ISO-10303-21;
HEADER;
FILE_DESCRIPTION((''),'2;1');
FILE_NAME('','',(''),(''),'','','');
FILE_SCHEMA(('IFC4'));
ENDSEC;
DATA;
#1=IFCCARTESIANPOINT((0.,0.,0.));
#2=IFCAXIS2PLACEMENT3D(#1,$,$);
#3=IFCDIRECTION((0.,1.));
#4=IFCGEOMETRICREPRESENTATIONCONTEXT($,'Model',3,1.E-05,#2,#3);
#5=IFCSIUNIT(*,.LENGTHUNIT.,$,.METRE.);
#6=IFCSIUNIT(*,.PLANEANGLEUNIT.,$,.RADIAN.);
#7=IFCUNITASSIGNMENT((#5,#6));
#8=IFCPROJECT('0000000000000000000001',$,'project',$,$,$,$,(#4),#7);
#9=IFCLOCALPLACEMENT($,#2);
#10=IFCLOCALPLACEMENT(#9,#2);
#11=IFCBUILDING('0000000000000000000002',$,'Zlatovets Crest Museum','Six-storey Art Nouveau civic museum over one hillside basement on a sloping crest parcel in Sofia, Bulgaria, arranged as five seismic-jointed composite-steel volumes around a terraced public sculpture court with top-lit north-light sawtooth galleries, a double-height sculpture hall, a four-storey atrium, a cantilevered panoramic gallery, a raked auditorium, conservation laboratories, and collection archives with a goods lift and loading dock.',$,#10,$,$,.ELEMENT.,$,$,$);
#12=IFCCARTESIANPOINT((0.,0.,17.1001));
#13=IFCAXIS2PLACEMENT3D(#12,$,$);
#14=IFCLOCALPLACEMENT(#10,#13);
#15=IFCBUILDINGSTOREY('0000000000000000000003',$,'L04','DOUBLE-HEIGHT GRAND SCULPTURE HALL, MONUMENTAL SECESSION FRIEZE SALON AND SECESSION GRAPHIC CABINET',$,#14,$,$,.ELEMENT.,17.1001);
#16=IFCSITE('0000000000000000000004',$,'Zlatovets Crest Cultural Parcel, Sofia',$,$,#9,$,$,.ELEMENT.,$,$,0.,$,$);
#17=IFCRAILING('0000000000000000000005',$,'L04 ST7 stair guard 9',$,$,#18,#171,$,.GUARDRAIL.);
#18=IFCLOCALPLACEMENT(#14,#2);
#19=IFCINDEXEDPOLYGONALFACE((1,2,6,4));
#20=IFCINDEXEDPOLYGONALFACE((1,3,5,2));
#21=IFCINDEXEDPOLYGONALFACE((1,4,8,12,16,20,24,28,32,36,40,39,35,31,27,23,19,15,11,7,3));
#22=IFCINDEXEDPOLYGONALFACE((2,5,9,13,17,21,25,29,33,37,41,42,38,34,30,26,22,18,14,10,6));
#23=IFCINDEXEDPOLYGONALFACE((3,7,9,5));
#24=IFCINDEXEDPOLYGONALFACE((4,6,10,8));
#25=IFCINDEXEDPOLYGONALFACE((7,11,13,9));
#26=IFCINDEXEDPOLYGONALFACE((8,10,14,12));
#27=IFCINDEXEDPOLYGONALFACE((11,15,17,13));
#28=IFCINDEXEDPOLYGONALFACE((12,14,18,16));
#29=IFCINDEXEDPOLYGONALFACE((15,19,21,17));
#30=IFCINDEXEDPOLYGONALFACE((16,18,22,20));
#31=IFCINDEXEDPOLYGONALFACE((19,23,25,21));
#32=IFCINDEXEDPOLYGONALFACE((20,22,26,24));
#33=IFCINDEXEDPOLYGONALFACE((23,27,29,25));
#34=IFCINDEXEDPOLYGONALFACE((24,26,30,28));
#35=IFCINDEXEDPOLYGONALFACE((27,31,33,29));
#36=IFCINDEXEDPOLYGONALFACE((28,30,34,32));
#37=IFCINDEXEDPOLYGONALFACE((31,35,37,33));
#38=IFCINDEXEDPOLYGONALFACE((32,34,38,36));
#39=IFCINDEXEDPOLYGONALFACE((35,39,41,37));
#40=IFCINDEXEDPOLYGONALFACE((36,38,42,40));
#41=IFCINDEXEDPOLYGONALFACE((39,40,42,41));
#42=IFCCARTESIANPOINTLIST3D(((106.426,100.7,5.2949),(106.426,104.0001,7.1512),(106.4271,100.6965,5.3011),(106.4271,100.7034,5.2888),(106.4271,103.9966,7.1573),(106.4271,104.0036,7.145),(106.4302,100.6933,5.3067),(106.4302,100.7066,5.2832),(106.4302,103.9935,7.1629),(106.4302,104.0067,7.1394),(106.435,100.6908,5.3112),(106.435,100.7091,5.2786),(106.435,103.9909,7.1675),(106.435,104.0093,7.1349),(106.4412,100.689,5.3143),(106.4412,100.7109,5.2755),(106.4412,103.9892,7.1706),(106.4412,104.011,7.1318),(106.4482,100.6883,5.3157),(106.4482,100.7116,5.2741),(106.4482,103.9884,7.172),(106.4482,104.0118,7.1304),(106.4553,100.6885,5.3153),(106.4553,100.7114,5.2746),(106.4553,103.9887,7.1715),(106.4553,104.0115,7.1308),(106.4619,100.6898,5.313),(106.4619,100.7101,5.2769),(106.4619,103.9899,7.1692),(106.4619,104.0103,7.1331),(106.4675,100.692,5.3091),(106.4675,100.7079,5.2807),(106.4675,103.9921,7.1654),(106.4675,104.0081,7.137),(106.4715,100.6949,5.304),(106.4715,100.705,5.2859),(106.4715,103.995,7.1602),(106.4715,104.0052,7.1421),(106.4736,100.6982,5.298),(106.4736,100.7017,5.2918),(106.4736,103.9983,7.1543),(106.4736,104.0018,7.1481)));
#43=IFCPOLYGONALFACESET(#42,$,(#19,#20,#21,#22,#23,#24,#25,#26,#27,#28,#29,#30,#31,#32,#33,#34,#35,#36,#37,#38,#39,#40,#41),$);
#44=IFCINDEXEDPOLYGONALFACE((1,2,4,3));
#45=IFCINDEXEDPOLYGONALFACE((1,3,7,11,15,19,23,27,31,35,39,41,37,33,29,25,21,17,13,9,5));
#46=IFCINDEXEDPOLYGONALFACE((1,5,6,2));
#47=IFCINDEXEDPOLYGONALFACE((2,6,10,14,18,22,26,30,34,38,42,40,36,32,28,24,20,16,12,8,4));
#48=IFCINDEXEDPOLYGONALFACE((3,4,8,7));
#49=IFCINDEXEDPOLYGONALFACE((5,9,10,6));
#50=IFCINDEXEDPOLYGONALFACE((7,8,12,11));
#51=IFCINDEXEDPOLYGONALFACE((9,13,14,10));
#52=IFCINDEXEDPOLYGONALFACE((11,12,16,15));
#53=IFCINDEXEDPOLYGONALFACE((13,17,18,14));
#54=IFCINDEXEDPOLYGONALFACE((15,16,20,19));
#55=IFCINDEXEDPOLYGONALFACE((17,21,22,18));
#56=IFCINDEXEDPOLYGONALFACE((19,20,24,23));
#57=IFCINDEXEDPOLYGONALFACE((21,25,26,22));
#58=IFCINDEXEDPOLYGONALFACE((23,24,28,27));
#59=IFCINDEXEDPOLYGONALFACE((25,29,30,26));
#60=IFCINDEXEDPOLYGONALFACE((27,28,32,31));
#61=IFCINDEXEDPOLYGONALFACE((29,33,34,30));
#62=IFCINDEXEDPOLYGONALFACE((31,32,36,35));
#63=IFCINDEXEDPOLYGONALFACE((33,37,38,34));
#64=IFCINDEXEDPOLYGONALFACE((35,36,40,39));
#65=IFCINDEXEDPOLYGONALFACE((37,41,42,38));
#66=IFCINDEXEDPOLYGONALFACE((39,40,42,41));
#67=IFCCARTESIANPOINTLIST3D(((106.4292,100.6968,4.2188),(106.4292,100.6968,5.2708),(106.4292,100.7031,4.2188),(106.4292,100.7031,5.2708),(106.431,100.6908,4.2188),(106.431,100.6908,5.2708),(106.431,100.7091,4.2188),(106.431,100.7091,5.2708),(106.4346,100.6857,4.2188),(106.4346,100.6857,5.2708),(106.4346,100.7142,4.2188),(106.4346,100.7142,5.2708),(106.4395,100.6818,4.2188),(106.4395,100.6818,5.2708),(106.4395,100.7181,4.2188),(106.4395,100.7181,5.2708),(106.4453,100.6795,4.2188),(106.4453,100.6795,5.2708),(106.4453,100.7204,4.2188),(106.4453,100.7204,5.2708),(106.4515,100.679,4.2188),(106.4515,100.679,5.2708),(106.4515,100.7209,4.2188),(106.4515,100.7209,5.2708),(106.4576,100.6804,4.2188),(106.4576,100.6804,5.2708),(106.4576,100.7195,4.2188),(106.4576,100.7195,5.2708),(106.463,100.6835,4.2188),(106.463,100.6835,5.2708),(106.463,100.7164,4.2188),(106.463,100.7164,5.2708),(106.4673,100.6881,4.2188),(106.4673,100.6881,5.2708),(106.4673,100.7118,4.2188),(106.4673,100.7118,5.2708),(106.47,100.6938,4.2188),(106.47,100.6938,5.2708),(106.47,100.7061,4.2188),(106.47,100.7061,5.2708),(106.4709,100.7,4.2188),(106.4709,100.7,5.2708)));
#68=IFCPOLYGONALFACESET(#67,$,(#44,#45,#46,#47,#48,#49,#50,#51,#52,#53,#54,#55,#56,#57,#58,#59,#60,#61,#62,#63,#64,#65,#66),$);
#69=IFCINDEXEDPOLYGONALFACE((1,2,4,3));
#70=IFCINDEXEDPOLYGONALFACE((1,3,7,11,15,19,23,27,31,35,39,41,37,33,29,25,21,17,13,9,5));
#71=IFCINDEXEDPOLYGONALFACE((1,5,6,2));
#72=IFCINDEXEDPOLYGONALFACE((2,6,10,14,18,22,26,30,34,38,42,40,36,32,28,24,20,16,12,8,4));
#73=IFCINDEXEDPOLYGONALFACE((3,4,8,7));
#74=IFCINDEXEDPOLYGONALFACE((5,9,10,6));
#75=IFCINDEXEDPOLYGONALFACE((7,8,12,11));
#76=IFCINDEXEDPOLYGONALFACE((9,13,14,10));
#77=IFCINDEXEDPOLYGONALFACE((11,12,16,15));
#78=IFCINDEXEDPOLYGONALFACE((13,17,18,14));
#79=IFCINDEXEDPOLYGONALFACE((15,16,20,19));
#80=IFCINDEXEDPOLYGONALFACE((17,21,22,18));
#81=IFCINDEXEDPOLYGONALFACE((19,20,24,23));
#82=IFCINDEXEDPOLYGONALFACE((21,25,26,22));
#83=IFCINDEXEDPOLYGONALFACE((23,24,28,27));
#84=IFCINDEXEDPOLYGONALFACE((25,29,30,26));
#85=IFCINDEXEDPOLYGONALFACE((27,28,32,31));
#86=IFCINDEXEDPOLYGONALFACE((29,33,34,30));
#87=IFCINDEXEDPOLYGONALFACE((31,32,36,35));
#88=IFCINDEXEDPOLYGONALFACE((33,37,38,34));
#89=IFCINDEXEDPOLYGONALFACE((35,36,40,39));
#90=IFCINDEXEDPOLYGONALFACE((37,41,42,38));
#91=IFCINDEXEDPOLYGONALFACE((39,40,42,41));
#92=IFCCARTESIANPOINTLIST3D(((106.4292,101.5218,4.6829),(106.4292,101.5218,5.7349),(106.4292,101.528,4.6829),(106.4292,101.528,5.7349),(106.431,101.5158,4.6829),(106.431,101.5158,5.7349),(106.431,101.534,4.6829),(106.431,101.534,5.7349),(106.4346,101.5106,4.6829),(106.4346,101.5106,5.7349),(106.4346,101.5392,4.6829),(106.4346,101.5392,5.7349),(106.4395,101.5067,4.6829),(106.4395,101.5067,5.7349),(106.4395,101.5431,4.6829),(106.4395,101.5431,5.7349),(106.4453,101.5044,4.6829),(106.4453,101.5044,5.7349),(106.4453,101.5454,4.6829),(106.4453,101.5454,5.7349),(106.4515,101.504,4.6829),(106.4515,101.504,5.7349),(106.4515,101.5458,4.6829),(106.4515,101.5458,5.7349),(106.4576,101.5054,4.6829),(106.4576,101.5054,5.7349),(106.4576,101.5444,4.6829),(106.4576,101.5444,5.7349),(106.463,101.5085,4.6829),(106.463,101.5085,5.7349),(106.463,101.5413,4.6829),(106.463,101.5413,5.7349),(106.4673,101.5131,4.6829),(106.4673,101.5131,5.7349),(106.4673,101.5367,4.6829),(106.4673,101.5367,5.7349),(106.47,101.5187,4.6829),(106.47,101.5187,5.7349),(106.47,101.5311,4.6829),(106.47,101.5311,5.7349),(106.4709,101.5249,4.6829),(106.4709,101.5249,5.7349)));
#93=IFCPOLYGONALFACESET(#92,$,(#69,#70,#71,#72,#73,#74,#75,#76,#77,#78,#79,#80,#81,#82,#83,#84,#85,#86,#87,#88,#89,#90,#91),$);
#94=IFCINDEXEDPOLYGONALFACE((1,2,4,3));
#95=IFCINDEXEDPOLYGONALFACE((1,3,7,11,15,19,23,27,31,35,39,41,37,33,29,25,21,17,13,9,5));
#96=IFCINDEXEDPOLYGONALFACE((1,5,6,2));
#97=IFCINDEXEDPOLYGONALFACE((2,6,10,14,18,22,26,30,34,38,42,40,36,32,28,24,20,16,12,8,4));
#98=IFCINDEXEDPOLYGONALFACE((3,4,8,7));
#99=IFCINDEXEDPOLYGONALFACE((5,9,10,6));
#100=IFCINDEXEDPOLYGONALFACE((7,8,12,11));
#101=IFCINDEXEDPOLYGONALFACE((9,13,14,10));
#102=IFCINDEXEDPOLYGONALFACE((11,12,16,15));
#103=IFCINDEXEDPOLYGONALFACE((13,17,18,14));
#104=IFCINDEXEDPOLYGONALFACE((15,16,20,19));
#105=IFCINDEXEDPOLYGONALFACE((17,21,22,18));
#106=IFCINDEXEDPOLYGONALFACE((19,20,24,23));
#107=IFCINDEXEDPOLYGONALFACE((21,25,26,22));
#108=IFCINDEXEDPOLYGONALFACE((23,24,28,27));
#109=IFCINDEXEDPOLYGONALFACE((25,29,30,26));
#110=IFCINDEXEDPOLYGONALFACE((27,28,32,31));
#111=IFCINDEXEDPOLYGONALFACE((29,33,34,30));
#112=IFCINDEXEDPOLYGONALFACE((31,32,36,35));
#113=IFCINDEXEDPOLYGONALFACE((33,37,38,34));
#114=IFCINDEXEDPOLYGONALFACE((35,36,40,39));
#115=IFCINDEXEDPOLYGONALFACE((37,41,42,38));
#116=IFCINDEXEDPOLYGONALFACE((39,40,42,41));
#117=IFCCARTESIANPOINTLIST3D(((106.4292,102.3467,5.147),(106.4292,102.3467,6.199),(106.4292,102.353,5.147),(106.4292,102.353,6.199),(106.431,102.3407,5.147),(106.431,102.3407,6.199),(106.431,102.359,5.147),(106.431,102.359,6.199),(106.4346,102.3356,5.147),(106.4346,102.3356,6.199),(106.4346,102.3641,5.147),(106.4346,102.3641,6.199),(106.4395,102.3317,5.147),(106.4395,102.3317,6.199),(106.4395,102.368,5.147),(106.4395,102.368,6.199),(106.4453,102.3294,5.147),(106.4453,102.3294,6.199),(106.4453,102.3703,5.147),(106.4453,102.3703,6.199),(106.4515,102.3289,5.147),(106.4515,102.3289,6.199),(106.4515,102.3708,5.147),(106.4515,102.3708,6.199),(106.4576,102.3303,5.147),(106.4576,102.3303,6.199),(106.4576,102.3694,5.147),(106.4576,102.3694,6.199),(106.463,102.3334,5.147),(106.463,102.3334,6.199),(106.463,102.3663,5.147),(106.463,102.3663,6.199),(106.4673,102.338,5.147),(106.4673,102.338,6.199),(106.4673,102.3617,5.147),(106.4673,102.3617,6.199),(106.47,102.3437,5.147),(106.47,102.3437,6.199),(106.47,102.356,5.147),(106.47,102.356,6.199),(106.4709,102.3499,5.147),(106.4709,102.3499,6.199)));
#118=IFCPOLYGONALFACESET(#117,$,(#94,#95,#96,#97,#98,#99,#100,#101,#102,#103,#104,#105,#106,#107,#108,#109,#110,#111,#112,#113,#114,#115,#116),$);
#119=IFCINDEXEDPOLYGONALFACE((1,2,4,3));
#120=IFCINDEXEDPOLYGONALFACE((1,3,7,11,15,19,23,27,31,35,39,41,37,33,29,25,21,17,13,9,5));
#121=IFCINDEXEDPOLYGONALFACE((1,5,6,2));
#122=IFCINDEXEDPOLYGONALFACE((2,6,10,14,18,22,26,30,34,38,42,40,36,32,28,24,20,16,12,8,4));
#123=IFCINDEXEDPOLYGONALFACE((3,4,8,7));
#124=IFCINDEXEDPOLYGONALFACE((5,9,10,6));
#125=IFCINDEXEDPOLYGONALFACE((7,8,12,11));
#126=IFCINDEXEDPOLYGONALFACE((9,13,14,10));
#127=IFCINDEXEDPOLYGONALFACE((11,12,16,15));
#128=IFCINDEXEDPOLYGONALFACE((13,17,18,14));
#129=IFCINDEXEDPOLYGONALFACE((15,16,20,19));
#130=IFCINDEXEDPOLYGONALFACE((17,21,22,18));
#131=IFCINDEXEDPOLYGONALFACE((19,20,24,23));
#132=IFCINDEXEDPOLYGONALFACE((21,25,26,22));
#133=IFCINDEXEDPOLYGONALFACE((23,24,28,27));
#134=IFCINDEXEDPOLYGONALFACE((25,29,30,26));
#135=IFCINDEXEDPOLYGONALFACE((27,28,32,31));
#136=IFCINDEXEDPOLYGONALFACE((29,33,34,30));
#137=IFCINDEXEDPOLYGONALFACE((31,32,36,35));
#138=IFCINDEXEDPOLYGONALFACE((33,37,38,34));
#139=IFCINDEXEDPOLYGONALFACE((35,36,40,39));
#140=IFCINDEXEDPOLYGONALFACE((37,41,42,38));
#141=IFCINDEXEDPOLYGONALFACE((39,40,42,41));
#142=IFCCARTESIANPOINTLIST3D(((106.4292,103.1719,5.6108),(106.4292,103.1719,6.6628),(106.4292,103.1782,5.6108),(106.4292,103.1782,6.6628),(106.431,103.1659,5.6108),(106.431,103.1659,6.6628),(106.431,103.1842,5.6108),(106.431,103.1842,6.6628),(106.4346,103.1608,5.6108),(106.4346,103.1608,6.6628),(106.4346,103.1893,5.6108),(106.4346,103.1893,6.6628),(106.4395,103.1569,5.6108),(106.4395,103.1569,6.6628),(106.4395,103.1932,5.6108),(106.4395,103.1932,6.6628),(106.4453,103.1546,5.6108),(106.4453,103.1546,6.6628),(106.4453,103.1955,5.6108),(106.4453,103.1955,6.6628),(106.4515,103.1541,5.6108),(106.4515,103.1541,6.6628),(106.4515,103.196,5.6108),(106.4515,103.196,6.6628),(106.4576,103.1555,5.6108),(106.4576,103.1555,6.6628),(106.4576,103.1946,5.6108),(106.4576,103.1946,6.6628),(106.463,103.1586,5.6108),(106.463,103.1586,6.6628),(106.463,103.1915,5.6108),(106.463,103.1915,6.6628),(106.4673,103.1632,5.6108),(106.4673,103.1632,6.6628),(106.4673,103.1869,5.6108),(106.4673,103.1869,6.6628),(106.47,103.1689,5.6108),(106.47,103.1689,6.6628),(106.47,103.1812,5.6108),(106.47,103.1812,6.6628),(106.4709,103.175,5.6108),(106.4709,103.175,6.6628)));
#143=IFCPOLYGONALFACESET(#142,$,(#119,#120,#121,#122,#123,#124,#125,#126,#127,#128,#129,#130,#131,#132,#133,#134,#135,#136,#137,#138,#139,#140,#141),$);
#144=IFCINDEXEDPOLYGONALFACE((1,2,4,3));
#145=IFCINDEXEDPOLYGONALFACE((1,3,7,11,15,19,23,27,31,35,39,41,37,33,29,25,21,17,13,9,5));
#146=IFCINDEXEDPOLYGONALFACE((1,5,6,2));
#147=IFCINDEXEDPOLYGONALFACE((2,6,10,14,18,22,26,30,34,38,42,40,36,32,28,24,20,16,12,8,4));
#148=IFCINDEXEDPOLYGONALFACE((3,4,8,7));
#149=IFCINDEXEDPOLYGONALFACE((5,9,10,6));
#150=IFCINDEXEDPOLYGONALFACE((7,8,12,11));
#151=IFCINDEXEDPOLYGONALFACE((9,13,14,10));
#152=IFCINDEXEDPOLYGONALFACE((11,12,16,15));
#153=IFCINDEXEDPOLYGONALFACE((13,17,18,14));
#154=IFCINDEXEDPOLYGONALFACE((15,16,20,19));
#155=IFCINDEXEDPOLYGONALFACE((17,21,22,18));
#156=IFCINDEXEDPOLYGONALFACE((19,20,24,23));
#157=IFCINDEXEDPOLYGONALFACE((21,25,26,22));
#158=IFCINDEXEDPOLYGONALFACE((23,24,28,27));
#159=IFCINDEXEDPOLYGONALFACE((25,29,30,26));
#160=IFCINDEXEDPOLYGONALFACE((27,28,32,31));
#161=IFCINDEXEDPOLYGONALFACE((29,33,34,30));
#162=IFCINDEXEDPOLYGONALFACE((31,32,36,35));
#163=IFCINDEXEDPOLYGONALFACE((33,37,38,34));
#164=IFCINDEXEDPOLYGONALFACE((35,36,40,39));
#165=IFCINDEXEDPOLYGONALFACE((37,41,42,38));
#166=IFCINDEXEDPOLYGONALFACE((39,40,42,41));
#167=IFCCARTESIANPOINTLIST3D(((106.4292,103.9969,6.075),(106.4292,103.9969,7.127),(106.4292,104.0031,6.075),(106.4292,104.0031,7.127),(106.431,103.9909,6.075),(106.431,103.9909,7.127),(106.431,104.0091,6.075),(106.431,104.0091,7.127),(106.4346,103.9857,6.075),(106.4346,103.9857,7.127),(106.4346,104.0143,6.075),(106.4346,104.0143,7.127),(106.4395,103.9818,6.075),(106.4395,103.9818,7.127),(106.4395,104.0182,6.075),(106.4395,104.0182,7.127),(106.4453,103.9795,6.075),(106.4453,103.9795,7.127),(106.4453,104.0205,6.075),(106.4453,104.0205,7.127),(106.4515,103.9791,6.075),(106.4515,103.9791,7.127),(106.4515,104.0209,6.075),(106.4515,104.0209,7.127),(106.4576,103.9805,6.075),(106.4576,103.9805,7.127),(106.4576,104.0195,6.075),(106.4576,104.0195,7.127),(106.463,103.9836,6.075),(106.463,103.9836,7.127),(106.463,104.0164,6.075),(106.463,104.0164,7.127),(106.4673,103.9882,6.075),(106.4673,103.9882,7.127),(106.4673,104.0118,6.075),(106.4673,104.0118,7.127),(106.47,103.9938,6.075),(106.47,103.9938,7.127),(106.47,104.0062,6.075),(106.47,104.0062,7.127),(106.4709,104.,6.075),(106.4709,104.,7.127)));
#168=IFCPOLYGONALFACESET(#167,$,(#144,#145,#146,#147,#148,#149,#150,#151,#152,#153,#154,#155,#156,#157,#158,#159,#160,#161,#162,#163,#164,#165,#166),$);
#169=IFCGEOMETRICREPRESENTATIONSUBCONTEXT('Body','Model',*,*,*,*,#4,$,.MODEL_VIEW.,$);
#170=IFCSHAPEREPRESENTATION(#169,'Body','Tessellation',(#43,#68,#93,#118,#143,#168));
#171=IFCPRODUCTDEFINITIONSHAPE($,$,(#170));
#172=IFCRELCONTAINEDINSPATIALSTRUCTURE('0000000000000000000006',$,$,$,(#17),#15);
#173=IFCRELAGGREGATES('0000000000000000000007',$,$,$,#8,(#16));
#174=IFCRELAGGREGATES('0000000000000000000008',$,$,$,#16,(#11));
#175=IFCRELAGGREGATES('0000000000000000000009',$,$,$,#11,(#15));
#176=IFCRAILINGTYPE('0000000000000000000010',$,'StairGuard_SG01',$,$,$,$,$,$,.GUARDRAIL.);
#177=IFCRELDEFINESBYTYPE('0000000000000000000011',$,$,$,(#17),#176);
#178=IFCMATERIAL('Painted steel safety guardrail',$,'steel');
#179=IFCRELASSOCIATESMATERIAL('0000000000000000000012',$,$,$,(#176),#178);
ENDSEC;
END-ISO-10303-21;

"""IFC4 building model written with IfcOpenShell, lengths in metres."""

from ifc_helpers import new_model, si_unit, direction, frame, origin, origin_2d, place, context, subcontext, project, spatial, circle, extrude, material, type_object, element, save


model = new_model("IFC4")

# Units and contexts
model_context = context("Model", 3, precision=1e-05, world=origin(), true_north=direction((0.0, 1.0)))
body_context = subcontext(model_context, "Body", "Model", "MODEL_VIEW")
ifc_project = project(units=[si_unit("LENGTHUNIT", "METRE"), si_unit("PLANEANGLEUNIT", "RADIAN")], contexts=[model_context])

# Site, building, storey
site_placement = place(None, origin())
site = spatial("IfcSite", under=ifc_project, at=site_placement, Name="Zlatovets Crest Cultural Parcel, Sofia", CompositionType="ELEMENT", RefElevation=0.0)
building_placement = place(site_placement, origin())
building = spatial("IfcBuilding", under=site, at=building_placement, Name="Zlatovets Crest Museum", Description="Six-storey Art Nouveau civic museum over one hillside basement on a sloping crest parcel in Sofia, Bulgaria, arranged as five seismic-jointed composite-steel volumes around a terraced public sculpture court with top-lit north-light sawtooth galleries, a double-height sculpture hall, a four-storey atrium, a cantilevered panoramic gallery, a raked auditorium, conservation laboratories, and collection archives with a goods lift and loading dock.", CompositionType="ELEMENT")
storey_placement = place(building_placement, frame((0.0, 0.0, 17.1001)))
storey = spatial("IfcBuildingStorey", under=building, at=storey_placement, Name="L04", Description="DOUBLE-HEIGHT GRAND SCULPTURE HALL, MONUMENTAL SECESSION FRIEZE SALON AND SECESSION GRAPHIC CABINET", CompositionType="ELEMENT", Elevation=17.1001)

# Railing
ifc_material_1 = material(Name="Painted steel safety guardrail", Category="steel")
railing_type_1 = type_object("IfcRailingType", Name="StairGuard_SG01", PredefinedType="GUARDRAIL", material=ifc_material_1)
railing_1_placement = place(storey_placement, frame((106.45, 100.7, 4.2188)))
element("IfcRailing", 1, at=railing_1_placement, inside=storey, type_object=railing_type_1, Name="L04 ST7 stair guard 9", PredefinedType="GUARDRAIL", context=body_context, shape_type="SweptSolid", body=[
    extrude(circle(Radius=0.0239, at=origin_2d()), frame((0.0, 0.0, 1.0762), z_axis=(0.0, 0.871584, 0.490246), x_axis=(-1.0, 0.0, 0.0)), (0.0, 0.0, 1.0), 3.7864),
    extrude(circle(Radius=0.021, at=origin_2d()), origin(), (0.0, 0.0, 1.0), 1.052),
    extrude(circle(Radius=0.021, at=origin_2d()), frame((0.0, 0.825, 0.4641)), (0.0, 0.0, 1.0), 1.052),
    extrude(circle(Radius=0.021, at=origin_2d()), frame((0.0, 1.6499, 0.9282)), (0.0, 0.0, 1.0), 1.052),
    extrude(circle(Radius=0.021, at=origin_2d()), frame((0.0, 2.4751, 1.3921)), (0.0, 0.0, 1.0), 1.052),
    extrude(circle(Radius=0.021, at=origin_2d()), frame((0.0, 3.3, 1.8562)), (0.0, 0.0, 1.0), 1.052),
])

save(model, "model.ifc")
